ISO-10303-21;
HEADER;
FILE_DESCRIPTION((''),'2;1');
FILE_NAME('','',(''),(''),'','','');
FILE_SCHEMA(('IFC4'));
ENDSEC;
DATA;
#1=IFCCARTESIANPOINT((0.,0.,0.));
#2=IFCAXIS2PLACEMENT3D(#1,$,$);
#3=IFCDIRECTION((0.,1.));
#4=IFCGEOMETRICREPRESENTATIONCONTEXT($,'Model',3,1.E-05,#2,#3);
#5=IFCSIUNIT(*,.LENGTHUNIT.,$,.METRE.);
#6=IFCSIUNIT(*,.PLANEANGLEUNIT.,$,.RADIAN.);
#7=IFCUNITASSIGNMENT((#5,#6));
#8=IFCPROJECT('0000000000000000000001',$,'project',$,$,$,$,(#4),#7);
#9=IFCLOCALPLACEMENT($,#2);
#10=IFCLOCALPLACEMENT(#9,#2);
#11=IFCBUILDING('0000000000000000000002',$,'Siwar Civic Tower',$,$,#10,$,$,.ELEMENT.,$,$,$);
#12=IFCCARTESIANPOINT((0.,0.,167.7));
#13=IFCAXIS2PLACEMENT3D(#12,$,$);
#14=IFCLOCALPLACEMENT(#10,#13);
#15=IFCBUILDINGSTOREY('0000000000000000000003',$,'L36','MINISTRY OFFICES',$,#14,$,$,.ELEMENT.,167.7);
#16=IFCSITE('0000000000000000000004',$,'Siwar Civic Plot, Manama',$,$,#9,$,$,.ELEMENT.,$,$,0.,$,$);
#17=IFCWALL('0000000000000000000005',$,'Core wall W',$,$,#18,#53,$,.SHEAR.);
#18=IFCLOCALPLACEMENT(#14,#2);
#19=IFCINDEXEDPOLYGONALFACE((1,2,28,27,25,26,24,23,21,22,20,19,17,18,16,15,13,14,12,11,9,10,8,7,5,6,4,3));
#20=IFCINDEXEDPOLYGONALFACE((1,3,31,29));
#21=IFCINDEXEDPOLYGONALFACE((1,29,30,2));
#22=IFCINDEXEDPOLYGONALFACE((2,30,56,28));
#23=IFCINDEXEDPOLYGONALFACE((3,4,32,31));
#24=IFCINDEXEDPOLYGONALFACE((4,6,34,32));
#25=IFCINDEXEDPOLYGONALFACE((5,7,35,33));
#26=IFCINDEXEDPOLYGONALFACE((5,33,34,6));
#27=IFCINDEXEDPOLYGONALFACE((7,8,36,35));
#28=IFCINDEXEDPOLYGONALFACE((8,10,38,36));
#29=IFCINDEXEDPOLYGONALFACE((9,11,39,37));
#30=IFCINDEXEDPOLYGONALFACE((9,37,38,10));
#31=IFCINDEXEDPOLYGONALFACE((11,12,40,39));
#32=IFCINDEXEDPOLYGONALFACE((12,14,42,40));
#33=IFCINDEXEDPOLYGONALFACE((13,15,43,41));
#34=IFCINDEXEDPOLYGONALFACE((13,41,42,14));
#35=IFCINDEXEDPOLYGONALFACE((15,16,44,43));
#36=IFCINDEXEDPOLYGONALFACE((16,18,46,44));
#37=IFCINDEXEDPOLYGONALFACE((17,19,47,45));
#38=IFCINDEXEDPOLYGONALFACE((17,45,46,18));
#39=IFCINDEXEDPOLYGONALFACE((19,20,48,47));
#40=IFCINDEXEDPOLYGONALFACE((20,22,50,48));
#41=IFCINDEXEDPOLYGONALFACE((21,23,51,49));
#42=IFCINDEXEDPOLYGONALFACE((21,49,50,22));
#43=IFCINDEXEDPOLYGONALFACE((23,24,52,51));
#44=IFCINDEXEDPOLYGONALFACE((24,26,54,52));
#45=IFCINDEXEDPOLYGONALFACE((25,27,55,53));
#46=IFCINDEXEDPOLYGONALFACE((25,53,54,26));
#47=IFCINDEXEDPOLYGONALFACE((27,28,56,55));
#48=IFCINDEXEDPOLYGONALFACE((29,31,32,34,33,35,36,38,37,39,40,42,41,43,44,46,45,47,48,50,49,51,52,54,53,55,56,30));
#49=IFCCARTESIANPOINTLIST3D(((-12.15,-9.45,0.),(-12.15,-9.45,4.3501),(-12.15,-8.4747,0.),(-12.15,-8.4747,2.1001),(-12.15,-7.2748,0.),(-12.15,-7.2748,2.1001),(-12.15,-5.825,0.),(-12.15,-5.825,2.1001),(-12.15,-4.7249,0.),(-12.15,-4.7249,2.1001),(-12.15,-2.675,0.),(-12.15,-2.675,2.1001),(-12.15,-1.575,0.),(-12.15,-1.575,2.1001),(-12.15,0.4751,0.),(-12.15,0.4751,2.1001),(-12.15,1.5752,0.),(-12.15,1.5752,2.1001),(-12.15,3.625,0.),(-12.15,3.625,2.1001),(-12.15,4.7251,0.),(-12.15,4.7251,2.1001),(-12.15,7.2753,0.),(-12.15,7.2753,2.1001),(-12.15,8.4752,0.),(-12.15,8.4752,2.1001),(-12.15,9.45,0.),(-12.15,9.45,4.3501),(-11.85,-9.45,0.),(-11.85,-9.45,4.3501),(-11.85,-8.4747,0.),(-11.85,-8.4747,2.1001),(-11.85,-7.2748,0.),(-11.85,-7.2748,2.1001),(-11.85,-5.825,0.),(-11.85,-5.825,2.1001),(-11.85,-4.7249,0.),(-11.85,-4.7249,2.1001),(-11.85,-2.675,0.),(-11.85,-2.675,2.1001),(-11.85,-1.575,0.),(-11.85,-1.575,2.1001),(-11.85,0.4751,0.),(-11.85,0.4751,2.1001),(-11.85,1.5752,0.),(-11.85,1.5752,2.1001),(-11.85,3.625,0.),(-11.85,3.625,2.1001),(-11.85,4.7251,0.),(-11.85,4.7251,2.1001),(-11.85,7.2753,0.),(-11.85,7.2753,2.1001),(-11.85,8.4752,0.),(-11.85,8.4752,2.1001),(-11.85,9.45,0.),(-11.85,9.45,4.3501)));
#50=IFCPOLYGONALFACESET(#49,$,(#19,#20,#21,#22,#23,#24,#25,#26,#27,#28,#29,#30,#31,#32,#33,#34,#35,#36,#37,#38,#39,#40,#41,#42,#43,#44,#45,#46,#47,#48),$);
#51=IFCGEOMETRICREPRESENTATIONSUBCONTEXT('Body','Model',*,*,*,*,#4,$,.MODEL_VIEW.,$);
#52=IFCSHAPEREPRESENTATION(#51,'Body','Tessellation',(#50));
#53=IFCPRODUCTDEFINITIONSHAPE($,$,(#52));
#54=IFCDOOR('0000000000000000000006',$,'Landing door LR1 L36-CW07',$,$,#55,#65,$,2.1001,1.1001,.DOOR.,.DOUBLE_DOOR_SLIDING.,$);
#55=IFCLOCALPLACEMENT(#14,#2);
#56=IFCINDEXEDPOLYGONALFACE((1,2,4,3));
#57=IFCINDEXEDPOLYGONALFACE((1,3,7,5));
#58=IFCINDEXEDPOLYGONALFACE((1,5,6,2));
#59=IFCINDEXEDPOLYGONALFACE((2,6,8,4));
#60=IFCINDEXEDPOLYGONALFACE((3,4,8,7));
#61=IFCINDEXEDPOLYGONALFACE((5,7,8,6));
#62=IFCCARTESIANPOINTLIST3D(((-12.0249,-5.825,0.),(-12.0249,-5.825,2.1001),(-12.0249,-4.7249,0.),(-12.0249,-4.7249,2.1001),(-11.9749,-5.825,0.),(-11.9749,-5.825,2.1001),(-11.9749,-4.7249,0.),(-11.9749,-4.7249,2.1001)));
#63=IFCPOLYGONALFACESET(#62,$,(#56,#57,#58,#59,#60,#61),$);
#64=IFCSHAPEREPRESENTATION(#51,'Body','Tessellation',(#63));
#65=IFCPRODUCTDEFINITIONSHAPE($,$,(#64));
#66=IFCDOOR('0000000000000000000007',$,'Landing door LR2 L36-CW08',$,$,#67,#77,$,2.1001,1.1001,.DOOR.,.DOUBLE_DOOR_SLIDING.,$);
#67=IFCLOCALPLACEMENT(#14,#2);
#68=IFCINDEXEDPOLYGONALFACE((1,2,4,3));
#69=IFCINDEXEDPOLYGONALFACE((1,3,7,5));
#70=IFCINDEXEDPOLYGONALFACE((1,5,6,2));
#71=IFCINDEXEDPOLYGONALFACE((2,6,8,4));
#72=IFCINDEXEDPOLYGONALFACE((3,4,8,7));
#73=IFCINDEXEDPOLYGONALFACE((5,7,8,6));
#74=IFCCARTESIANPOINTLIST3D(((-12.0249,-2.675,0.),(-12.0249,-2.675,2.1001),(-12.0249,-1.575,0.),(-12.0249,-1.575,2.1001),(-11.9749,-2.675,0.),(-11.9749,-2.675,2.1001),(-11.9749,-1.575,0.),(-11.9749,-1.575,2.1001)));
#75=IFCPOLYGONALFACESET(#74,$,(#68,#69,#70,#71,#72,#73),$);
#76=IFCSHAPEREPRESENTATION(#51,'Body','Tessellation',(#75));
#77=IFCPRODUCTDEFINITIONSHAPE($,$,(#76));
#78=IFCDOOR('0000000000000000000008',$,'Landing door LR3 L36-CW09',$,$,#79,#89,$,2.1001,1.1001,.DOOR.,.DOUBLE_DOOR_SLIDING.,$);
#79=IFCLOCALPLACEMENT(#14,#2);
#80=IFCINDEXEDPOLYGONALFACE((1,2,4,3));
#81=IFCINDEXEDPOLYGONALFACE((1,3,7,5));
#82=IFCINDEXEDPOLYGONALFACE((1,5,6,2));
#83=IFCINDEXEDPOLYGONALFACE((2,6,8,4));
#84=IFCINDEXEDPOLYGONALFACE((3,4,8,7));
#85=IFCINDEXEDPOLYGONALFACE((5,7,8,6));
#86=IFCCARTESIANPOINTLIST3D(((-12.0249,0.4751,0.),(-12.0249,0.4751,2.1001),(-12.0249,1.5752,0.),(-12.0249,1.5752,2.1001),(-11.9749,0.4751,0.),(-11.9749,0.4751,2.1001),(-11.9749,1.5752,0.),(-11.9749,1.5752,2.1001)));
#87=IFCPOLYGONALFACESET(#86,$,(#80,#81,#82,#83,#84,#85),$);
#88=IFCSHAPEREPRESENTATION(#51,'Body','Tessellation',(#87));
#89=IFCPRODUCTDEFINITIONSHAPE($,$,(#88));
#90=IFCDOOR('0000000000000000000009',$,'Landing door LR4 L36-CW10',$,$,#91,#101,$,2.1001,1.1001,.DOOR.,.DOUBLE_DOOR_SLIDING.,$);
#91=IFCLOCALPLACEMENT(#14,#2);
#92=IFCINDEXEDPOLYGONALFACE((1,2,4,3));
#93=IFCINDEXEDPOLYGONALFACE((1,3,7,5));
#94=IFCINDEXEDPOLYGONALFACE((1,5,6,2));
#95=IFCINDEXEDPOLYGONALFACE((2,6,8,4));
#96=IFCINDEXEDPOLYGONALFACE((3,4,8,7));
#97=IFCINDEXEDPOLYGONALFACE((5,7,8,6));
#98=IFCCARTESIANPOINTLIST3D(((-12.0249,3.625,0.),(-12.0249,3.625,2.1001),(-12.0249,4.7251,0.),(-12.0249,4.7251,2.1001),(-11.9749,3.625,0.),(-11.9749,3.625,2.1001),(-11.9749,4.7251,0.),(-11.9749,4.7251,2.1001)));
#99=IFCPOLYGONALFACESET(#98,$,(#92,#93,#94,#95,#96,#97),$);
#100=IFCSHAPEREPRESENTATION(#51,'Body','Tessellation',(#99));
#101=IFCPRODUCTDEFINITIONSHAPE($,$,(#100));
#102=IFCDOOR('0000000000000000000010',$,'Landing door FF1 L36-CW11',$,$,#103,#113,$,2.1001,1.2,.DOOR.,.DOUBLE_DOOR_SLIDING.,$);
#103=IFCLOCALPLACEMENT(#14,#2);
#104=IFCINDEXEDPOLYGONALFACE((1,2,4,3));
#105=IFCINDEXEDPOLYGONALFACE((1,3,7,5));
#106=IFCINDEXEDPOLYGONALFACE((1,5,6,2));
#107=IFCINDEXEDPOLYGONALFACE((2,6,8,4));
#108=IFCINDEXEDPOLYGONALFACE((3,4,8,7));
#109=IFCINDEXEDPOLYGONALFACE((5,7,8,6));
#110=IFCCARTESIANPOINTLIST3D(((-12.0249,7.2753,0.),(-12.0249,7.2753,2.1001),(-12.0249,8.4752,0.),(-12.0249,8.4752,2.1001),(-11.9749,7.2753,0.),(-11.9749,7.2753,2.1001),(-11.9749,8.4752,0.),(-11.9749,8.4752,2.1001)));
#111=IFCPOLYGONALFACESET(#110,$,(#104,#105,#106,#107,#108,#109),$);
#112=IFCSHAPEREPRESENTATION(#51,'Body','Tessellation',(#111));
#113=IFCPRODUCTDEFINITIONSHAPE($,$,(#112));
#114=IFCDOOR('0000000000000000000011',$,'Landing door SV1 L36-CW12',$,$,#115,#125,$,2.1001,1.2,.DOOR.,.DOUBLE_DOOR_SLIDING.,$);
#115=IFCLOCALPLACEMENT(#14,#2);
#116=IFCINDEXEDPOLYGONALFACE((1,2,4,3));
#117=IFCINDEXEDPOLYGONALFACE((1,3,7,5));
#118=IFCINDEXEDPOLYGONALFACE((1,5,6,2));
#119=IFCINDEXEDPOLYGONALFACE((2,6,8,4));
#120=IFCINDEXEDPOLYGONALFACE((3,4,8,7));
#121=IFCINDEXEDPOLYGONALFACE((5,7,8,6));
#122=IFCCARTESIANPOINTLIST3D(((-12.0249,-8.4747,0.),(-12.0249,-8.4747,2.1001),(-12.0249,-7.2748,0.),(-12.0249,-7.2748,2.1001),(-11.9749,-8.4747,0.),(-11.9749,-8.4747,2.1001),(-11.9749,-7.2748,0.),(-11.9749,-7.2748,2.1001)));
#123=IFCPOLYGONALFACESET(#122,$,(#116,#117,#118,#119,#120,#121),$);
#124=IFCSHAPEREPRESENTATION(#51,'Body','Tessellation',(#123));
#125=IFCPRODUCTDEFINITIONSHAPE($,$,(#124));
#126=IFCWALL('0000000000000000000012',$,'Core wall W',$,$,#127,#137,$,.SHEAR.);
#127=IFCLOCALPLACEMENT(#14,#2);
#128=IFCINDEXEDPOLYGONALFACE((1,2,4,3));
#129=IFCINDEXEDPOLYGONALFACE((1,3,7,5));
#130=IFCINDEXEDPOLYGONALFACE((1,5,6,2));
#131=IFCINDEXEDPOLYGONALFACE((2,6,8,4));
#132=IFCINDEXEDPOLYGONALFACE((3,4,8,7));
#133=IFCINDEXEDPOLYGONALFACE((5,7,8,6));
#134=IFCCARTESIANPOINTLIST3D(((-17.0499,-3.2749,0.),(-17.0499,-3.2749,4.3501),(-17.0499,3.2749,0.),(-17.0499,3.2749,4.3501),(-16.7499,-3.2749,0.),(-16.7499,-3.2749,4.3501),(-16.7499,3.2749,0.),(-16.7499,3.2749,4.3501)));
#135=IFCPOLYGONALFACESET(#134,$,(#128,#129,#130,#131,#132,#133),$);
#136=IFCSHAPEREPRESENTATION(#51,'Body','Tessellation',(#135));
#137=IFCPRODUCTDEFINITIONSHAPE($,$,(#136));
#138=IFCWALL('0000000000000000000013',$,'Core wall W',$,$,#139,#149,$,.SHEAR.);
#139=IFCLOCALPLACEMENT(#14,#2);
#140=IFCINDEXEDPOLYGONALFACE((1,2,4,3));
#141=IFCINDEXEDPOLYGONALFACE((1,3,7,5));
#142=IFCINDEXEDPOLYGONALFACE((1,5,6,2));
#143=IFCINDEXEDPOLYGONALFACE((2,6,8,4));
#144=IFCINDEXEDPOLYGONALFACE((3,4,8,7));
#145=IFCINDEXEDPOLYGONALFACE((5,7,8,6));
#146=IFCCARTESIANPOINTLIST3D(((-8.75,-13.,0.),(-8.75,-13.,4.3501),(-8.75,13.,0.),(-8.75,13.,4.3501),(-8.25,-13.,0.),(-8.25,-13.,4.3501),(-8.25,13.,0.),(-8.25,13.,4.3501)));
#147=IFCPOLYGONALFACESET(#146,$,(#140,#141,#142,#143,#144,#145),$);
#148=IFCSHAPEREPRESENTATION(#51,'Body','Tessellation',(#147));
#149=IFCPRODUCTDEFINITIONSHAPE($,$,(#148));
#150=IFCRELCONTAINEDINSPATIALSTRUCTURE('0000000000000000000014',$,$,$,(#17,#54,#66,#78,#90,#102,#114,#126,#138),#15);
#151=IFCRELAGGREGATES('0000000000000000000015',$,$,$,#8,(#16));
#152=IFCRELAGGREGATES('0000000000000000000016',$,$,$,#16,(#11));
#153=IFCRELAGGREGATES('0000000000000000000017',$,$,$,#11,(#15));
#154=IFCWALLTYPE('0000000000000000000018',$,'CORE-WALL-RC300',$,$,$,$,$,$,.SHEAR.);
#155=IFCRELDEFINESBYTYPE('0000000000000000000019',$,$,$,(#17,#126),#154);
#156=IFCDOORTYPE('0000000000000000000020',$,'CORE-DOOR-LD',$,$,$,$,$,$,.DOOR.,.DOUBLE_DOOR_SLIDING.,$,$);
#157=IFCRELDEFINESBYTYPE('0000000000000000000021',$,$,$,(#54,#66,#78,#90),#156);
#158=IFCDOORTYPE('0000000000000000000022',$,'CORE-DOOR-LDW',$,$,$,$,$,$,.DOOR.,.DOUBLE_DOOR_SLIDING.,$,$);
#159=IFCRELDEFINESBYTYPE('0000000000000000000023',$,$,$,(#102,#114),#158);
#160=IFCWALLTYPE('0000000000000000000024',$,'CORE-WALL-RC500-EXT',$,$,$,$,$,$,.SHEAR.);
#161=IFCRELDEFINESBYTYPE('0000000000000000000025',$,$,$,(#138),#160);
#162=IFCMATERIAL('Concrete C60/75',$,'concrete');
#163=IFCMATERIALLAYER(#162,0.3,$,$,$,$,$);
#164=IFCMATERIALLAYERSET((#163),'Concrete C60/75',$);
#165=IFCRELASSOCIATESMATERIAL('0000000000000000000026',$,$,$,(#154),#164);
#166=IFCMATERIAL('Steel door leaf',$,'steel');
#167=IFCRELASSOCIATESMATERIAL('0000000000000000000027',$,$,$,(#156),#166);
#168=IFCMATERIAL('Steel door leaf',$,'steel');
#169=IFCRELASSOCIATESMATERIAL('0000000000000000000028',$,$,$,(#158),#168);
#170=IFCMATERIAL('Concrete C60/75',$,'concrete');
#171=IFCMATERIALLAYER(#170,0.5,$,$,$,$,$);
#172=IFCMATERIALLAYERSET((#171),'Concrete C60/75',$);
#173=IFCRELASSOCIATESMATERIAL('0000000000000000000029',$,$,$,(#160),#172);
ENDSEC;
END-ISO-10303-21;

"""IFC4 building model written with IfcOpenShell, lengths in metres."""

from ifc_helpers import new_model, si_unit, direction, frame, frame_2d, origin, place, context, subcontext, project, spatial, rectangle, extrude, material, layer, layer_set, type_object, element, fill, save


model = new_model("IFC4")

# Units and contexts
model_context = context("Model", 3, precision=1e-05, world=origin(), true_north=direction((0.0, 1.0)))
body_context = subcontext(model_context, "Body", "Model", "MODEL_VIEW")
ifc_project = project(units=[si_unit("LENGTHUNIT", "METRE"), si_unit("PLANEANGLEUNIT", "RADIAN")], contexts=[model_context])

# Site, building, storey
site_placement = place(None, origin())
site = spatial("IfcSite", under=ifc_project, at=site_placement, Name="Siwar Civic Plot, Manama", CompositionType="ELEMENT", RefElevation=0.0)
building_placement = place(site_placement, origin())
building = spatial("IfcBuilding", under=site, at=building_placement, Name="Siwar Civic Tower", CompositionType="ELEMENT")
storey_placement = place(building_placement, frame((0.0, 0.0, 167.7)))
storey = spatial("IfcBuildingStorey", under=building, at=storey_placement, Name="L36", Description="MINISTRY OFFICES", CompositionType="ELEMENT", Elevation=167.7)

# Wall, openings, doors
ifc_material_1 = material(Name="Concrete C60/75", Category="concrete")
ifc_layer_1 = layer(ifc_material_1, 0.3)
ifc_layer_set_1 = layer_set([ifc_layer_1], Name="Concrete C60/75")
wall_type_1 = type_object("IfcWallType", Name="CORE-WALL-RC300", PredefinedType="SHEAR", material=ifc_layer_set_1)
wall_1_placement = place(storey_placement, frame((-12.0, -9.45, 0.0), z_axis=(0.0, 0.0, 1.0), x_axis=(0.0, 1.0, 0.0)))
wall_1 = element("IfcWall", 1, at=wall_1_placement, inside=storey, type_object=wall_type_1, Name="Core wall W", PredefinedType="SHEAR", context=body_context, shape_type="SweptSolid", body=[
    extrude(rectangle(XDim=18.8999, YDim=0.3, at=frame_2d((9.45, 0.0))), origin(), (0.0, 0.0, 1.0), 4.3501),
])
opening_1_placement = place(wall_1_placement, frame((3.625, 0.0, 0.0)))
opening_1 = element("IfcOpeningElement", 2, at=opening_1_placement, cuts=wall_1, PredefinedType="OPENING", context=body_context, shape_type="SweptSolid", body=[
    extrude(rectangle(XDim=1.1001, YDim=2.1001, at=frame_2d((0.55, 1.05))), frame((0.0, 0.1602, 0.0), z_axis=(0.0, -1.0, 0.0), x_axis=(1.0, 0.0, 0.0)), (0.0, 0.0, 1.0), 0.3201),
])
opening_2_placement = place(wall_1_placement, frame((6.7749, 0.0, 0.0)))
opening_2 = element("IfcOpeningElement", 3, at=opening_2_placement, cuts=wall_1, PredefinedType="OPENING", context=body_context, shape_type="SweptSolid", body=[
    extrude(rectangle(XDim=1.1001, YDim=2.1001, at=frame_2d((0.55, 1.05))), frame((0.0, 0.1602, 0.0), z_axis=(0.0, -1.0, 0.0), x_axis=(1.0, 0.0, 0.0)), (0.0, 0.0, 1.0), 0.3201),
])
opening_3_placement = place(wall_1_placement, frame((9.925, 0.0, 0.0)))
opening_3 = element("IfcOpeningElement", 4, at=opening_3_placement, cuts=wall_1, PredefinedType="OPENING", context=body_context, shape_type="SweptSolid", body=[
    extrude(rectangle(XDim=1.1001, YDim=2.1001, at=frame_2d((0.55, 1.05))), frame((0.0, 0.1602, 0.0), z_axis=(0.0, -1.0, 0.0), x_axis=(1.0, 0.0, 0.0)), (0.0, 0.0, 1.0), 0.3201),
])
opening_4_placement = place(wall_1_placement, frame((13.075, 0.0, 0.0)))
opening_4 = element("IfcOpeningElement", 5, at=opening_4_placement, cuts=wall_1, PredefinedType="OPENING", context=body_context, shape_type="SweptSolid", body=[
    extrude(rectangle(XDim=1.1001, YDim=2.1001, at=frame_2d((0.55, 1.05))), frame((0.0, 0.1602, 0.0), z_axis=(0.0, -1.0, 0.0), x_axis=(1.0, 0.0, 0.0)), (0.0, 0.0, 1.0), 0.3201),
])
opening_5_placement = place(wall_1_placement, frame((16.7251, 0.0, 0.0)))
opening_5 = element("IfcOpeningElement", 6, at=opening_5_placement, cuts=wall_1, PredefinedType="OPENING", context=body_context, shape_type="SweptSolid", body=[
    extrude(rectangle(XDim=1.2, YDim=2.1001, at=frame_2d((0.6001, 1.05))), frame((0.0, 0.1602, 0.0), z_axis=(0.0, -1.0, 0.0), x_axis=(1.0, 0.0, 0.0)), (0.0, 0.0, 1.0), 0.3201),
])
opening_6_placement = place(wall_1_placement, frame((0.9751, 0.0, 0.0)))
opening_6 = element("IfcOpeningElement", 7, at=opening_6_placement, cuts=wall_1, PredefinedType="OPENING", context=body_context, shape_type="SweptSolid", body=[
    extrude(rectangle(XDim=1.2, YDim=2.1001, at=frame_2d((0.6001, 1.05))), frame((0.0, 0.1602, 0.0), z_axis=(0.0, -1.0, 0.0), x_axis=(1.0, 0.0, 0.0)), (0.0, 0.0, 1.0), 0.3201),
])
ifc_material_2 = material(Name="Steel door leaf", Category="steel")
door_type_1 = type_object("IfcDoorType", Name="CORE-DOOR-LD", OperationType="DOUBLE_DOOR_SLIDING", PredefinedType="DOOR", material=ifc_material_2)
door_1_placement = place(opening_1_placement, origin())
door_1 = element("IfcDoor", 8, at=door_1_placement, inside=storey, type_object=door_type_1, Name="Landing door LR1 L36-CW07", OperationType="DOUBLE_DOOR_SLIDING", OverallHeight=2.1001, OverallWidth=1.1001, PredefinedType="DOOR", context=body_context, shape_type="SweptSolid", body=[
    extrude(rectangle(XDim=1.1001, YDim=2.1001, at=frame_2d((0.55, 1.05))), frame((0.0, 0.0249, 0.0), z_axis=(0.0, -1.0, 0.0), x_axis=(1.0, 0.0, 0.0)), (0.0, 0.0, 1.0), 0.05),
])
fill(opening_1, door_1)
door_2_placement = place(opening_2_placement, origin())
door_2 = element("IfcDoor", 9, at=door_2_placement, inside=storey, type_object=door_type_1, Name="Landing door LR2 L36-CW08", OperationType="DOUBLE_DOOR_SLIDING", OverallHeight=2.1001, OverallWidth=1.1001, PredefinedType="DOOR", context=body_context, shape_type="SweptSolid", body=[
    extrude(rectangle(XDim=1.1001, YDim=2.1001, at=frame_2d((0.55, 1.05))), frame((0.0, 0.0249, 0.0), z_axis=(0.0, -1.0, 0.0), x_axis=(1.0, 0.0, 0.0)), (0.0, 0.0, 1.0), 0.05),
])
fill(opening_2, door_2)
door_3_placement = place(opening_3_placement, origin())
door_3 = element("IfcDoor", 10, at=door_3_placement, inside=storey, type_object=door_type_1, Name="Landing door LR3 L36-CW09", OperationType="DOUBLE_DOOR_SLIDING", OverallHeight=2.1001, OverallWidth=1.1001, PredefinedType="DOOR", context=body_context, shape_type="SweptSolid", body=[
    extrude(rectangle(XDim=1.1001, YDim=2.1001, at=frame_2d((0.55, 1.05))), frame((0.0, 0.0249, 0.0), z_axis=(0.0, -1.0, 0.0), x_axis=(1.0, 0.0, 0.0)), (0.0, 0.0, 1.0), 0.05),
])
fill(opening_3, door_3)
door_4_placement = place(opening_4_placement, origin())
door_4 = element("IfcDoor", 11, at=door_4_placement, inside=storey, type_object=door_type_1, Name="Landing door LR4 L36-CW10", OperationType="DOUBLE_DOOR_SLIDING", OverallHeight=2.1001, OverallWidth=1.1001, PredefinedType="DOOR", context=body_context, shape_type="SweptSolid", body=[
    extrude(rectangle(XDim=1.1001, YDim=2.1001, at=frame_2d((0.55, 1.05))), frame((0.0, 0.0249, 0.0), z_axis=(0.0, -1.0, 0.0), x_axis=(1.0, 0.0, 0.0)), (0.0, 0.0, 1.0), 0.05),
])
fill(opening_4, door_4)
ifc_material_3 = material(Name="Steel door leaf", Category="steel")
door_type_2 = type_object("IfcDoorType", Name="CORE-DOOR-LDW", OperationType="DOUBLE_DOOR_SLIDING", PredefinedType="DOOR", material=ifc_material_3)
door_5_placement = place(opening_5_placement, origin())
door_5 = element("IfcDoor", 12, at=door_5_placement, inside=storey, type_object=door_type_2, Name="Landing door FF1 L36-CW11", OperationType="DOUBLE_DOOR_SLIDING", OverallHeight=2.1001, OverallWidth=1.2, PredefinedType="DOOR", context=body_context, shape_type="SweptSolid", body=[
    extrude(rectangle(XDim=1.2, YDim=2.1001, at=frame_2d((0.6001, 1.05))), frame((0.0, 0.0249, 0.0), z_axis=(0.0, -1.0, 0.0), x_axis=(1.0, 0.0, 0.0)), (0.0, 0.0, 1.0), 0.05),
])
fill(opening_5, door_5)
door_6_placement = place(opening_6_placement, origin())
door_6 = element("IfcDoor", 13, at=door_6_placement, inside=storey, type_object=door_type_2, Name="Landing door SV1 L36-CW12", OperationType="DOUBLE_DOOR_SLIDING", OverallHeight=2.1001, OverallWidth=1.2, PredefinedType="DOOR", context=body_context, shape_type="SweptSolid", body=[
    extrude(rectangle(XDim=1.2, YDim=2.1001, at=frame_2d((0.6001, 1.05))), frame((0.0, 0.0249, 0.0), z_axis=(0.0, -1.0, 0.0), x_axis=(1.0, 0.0, 0.0)), (0.0, 0.0, 1.0), 0.05),
])
fill(opening_6, door_6)

# Walls
wall_2_placement = place(storey_placement, frame((-16.8999, -3.2749, 0.0), z_axis=(0.0, 0.0, 1.0), x_axis=(0.0, 1.0, 0.0)))
element("IfcWall", 14, at=wall_2_placement, inside=storey, type_object=wall_type_1, Name="Core wall W", PredefinedType="SHEAR", context=body_context, shape_type="SweptSolid", body=[
    extrude(rectangle(XDim=6.5498, YDim=0.3, at=frame_2d((3.2749, 0.0))), origin(), (0.0, 0.0, 1.0), 4.3501),
])
ifc_material_4 = material(Name="Concrete C60/75", Category="concrete")
ifc_layer_2 = layer(ifc_material_4, 0.5)
ifc_layer_set_2 = layer_set([ifc_layer_2], Name="Concrete C60/75")
wall_type_2 = type_object("IfcWallType", Name="CORE-WALL-RC500-EXT", PredefinedType="SHEAR", material=ifc_layer_set_2)
wall_3_placement = place(storey_placement, frame((-8.5, -13.0, 0.0), z_axis=(0.0, 0.0, 1.0), x_axis=(0.0, 1.0, 0.0)))
element("IfcWall", 15, at=wall_3_placement, inside=storey, type_object=wall_type_2, Name="Core wall W", PredefinedType="SHEAR", context=body_context, shape_type="SweptSolid", body=[
    extrude(rectangle(XDim=26.0, YDim=0.5, at=frame_2d((13.0, 0.0))), origin(), (0.0, 0.0, 1.0), 4.3501),
])

save(model, "model.ifc")
